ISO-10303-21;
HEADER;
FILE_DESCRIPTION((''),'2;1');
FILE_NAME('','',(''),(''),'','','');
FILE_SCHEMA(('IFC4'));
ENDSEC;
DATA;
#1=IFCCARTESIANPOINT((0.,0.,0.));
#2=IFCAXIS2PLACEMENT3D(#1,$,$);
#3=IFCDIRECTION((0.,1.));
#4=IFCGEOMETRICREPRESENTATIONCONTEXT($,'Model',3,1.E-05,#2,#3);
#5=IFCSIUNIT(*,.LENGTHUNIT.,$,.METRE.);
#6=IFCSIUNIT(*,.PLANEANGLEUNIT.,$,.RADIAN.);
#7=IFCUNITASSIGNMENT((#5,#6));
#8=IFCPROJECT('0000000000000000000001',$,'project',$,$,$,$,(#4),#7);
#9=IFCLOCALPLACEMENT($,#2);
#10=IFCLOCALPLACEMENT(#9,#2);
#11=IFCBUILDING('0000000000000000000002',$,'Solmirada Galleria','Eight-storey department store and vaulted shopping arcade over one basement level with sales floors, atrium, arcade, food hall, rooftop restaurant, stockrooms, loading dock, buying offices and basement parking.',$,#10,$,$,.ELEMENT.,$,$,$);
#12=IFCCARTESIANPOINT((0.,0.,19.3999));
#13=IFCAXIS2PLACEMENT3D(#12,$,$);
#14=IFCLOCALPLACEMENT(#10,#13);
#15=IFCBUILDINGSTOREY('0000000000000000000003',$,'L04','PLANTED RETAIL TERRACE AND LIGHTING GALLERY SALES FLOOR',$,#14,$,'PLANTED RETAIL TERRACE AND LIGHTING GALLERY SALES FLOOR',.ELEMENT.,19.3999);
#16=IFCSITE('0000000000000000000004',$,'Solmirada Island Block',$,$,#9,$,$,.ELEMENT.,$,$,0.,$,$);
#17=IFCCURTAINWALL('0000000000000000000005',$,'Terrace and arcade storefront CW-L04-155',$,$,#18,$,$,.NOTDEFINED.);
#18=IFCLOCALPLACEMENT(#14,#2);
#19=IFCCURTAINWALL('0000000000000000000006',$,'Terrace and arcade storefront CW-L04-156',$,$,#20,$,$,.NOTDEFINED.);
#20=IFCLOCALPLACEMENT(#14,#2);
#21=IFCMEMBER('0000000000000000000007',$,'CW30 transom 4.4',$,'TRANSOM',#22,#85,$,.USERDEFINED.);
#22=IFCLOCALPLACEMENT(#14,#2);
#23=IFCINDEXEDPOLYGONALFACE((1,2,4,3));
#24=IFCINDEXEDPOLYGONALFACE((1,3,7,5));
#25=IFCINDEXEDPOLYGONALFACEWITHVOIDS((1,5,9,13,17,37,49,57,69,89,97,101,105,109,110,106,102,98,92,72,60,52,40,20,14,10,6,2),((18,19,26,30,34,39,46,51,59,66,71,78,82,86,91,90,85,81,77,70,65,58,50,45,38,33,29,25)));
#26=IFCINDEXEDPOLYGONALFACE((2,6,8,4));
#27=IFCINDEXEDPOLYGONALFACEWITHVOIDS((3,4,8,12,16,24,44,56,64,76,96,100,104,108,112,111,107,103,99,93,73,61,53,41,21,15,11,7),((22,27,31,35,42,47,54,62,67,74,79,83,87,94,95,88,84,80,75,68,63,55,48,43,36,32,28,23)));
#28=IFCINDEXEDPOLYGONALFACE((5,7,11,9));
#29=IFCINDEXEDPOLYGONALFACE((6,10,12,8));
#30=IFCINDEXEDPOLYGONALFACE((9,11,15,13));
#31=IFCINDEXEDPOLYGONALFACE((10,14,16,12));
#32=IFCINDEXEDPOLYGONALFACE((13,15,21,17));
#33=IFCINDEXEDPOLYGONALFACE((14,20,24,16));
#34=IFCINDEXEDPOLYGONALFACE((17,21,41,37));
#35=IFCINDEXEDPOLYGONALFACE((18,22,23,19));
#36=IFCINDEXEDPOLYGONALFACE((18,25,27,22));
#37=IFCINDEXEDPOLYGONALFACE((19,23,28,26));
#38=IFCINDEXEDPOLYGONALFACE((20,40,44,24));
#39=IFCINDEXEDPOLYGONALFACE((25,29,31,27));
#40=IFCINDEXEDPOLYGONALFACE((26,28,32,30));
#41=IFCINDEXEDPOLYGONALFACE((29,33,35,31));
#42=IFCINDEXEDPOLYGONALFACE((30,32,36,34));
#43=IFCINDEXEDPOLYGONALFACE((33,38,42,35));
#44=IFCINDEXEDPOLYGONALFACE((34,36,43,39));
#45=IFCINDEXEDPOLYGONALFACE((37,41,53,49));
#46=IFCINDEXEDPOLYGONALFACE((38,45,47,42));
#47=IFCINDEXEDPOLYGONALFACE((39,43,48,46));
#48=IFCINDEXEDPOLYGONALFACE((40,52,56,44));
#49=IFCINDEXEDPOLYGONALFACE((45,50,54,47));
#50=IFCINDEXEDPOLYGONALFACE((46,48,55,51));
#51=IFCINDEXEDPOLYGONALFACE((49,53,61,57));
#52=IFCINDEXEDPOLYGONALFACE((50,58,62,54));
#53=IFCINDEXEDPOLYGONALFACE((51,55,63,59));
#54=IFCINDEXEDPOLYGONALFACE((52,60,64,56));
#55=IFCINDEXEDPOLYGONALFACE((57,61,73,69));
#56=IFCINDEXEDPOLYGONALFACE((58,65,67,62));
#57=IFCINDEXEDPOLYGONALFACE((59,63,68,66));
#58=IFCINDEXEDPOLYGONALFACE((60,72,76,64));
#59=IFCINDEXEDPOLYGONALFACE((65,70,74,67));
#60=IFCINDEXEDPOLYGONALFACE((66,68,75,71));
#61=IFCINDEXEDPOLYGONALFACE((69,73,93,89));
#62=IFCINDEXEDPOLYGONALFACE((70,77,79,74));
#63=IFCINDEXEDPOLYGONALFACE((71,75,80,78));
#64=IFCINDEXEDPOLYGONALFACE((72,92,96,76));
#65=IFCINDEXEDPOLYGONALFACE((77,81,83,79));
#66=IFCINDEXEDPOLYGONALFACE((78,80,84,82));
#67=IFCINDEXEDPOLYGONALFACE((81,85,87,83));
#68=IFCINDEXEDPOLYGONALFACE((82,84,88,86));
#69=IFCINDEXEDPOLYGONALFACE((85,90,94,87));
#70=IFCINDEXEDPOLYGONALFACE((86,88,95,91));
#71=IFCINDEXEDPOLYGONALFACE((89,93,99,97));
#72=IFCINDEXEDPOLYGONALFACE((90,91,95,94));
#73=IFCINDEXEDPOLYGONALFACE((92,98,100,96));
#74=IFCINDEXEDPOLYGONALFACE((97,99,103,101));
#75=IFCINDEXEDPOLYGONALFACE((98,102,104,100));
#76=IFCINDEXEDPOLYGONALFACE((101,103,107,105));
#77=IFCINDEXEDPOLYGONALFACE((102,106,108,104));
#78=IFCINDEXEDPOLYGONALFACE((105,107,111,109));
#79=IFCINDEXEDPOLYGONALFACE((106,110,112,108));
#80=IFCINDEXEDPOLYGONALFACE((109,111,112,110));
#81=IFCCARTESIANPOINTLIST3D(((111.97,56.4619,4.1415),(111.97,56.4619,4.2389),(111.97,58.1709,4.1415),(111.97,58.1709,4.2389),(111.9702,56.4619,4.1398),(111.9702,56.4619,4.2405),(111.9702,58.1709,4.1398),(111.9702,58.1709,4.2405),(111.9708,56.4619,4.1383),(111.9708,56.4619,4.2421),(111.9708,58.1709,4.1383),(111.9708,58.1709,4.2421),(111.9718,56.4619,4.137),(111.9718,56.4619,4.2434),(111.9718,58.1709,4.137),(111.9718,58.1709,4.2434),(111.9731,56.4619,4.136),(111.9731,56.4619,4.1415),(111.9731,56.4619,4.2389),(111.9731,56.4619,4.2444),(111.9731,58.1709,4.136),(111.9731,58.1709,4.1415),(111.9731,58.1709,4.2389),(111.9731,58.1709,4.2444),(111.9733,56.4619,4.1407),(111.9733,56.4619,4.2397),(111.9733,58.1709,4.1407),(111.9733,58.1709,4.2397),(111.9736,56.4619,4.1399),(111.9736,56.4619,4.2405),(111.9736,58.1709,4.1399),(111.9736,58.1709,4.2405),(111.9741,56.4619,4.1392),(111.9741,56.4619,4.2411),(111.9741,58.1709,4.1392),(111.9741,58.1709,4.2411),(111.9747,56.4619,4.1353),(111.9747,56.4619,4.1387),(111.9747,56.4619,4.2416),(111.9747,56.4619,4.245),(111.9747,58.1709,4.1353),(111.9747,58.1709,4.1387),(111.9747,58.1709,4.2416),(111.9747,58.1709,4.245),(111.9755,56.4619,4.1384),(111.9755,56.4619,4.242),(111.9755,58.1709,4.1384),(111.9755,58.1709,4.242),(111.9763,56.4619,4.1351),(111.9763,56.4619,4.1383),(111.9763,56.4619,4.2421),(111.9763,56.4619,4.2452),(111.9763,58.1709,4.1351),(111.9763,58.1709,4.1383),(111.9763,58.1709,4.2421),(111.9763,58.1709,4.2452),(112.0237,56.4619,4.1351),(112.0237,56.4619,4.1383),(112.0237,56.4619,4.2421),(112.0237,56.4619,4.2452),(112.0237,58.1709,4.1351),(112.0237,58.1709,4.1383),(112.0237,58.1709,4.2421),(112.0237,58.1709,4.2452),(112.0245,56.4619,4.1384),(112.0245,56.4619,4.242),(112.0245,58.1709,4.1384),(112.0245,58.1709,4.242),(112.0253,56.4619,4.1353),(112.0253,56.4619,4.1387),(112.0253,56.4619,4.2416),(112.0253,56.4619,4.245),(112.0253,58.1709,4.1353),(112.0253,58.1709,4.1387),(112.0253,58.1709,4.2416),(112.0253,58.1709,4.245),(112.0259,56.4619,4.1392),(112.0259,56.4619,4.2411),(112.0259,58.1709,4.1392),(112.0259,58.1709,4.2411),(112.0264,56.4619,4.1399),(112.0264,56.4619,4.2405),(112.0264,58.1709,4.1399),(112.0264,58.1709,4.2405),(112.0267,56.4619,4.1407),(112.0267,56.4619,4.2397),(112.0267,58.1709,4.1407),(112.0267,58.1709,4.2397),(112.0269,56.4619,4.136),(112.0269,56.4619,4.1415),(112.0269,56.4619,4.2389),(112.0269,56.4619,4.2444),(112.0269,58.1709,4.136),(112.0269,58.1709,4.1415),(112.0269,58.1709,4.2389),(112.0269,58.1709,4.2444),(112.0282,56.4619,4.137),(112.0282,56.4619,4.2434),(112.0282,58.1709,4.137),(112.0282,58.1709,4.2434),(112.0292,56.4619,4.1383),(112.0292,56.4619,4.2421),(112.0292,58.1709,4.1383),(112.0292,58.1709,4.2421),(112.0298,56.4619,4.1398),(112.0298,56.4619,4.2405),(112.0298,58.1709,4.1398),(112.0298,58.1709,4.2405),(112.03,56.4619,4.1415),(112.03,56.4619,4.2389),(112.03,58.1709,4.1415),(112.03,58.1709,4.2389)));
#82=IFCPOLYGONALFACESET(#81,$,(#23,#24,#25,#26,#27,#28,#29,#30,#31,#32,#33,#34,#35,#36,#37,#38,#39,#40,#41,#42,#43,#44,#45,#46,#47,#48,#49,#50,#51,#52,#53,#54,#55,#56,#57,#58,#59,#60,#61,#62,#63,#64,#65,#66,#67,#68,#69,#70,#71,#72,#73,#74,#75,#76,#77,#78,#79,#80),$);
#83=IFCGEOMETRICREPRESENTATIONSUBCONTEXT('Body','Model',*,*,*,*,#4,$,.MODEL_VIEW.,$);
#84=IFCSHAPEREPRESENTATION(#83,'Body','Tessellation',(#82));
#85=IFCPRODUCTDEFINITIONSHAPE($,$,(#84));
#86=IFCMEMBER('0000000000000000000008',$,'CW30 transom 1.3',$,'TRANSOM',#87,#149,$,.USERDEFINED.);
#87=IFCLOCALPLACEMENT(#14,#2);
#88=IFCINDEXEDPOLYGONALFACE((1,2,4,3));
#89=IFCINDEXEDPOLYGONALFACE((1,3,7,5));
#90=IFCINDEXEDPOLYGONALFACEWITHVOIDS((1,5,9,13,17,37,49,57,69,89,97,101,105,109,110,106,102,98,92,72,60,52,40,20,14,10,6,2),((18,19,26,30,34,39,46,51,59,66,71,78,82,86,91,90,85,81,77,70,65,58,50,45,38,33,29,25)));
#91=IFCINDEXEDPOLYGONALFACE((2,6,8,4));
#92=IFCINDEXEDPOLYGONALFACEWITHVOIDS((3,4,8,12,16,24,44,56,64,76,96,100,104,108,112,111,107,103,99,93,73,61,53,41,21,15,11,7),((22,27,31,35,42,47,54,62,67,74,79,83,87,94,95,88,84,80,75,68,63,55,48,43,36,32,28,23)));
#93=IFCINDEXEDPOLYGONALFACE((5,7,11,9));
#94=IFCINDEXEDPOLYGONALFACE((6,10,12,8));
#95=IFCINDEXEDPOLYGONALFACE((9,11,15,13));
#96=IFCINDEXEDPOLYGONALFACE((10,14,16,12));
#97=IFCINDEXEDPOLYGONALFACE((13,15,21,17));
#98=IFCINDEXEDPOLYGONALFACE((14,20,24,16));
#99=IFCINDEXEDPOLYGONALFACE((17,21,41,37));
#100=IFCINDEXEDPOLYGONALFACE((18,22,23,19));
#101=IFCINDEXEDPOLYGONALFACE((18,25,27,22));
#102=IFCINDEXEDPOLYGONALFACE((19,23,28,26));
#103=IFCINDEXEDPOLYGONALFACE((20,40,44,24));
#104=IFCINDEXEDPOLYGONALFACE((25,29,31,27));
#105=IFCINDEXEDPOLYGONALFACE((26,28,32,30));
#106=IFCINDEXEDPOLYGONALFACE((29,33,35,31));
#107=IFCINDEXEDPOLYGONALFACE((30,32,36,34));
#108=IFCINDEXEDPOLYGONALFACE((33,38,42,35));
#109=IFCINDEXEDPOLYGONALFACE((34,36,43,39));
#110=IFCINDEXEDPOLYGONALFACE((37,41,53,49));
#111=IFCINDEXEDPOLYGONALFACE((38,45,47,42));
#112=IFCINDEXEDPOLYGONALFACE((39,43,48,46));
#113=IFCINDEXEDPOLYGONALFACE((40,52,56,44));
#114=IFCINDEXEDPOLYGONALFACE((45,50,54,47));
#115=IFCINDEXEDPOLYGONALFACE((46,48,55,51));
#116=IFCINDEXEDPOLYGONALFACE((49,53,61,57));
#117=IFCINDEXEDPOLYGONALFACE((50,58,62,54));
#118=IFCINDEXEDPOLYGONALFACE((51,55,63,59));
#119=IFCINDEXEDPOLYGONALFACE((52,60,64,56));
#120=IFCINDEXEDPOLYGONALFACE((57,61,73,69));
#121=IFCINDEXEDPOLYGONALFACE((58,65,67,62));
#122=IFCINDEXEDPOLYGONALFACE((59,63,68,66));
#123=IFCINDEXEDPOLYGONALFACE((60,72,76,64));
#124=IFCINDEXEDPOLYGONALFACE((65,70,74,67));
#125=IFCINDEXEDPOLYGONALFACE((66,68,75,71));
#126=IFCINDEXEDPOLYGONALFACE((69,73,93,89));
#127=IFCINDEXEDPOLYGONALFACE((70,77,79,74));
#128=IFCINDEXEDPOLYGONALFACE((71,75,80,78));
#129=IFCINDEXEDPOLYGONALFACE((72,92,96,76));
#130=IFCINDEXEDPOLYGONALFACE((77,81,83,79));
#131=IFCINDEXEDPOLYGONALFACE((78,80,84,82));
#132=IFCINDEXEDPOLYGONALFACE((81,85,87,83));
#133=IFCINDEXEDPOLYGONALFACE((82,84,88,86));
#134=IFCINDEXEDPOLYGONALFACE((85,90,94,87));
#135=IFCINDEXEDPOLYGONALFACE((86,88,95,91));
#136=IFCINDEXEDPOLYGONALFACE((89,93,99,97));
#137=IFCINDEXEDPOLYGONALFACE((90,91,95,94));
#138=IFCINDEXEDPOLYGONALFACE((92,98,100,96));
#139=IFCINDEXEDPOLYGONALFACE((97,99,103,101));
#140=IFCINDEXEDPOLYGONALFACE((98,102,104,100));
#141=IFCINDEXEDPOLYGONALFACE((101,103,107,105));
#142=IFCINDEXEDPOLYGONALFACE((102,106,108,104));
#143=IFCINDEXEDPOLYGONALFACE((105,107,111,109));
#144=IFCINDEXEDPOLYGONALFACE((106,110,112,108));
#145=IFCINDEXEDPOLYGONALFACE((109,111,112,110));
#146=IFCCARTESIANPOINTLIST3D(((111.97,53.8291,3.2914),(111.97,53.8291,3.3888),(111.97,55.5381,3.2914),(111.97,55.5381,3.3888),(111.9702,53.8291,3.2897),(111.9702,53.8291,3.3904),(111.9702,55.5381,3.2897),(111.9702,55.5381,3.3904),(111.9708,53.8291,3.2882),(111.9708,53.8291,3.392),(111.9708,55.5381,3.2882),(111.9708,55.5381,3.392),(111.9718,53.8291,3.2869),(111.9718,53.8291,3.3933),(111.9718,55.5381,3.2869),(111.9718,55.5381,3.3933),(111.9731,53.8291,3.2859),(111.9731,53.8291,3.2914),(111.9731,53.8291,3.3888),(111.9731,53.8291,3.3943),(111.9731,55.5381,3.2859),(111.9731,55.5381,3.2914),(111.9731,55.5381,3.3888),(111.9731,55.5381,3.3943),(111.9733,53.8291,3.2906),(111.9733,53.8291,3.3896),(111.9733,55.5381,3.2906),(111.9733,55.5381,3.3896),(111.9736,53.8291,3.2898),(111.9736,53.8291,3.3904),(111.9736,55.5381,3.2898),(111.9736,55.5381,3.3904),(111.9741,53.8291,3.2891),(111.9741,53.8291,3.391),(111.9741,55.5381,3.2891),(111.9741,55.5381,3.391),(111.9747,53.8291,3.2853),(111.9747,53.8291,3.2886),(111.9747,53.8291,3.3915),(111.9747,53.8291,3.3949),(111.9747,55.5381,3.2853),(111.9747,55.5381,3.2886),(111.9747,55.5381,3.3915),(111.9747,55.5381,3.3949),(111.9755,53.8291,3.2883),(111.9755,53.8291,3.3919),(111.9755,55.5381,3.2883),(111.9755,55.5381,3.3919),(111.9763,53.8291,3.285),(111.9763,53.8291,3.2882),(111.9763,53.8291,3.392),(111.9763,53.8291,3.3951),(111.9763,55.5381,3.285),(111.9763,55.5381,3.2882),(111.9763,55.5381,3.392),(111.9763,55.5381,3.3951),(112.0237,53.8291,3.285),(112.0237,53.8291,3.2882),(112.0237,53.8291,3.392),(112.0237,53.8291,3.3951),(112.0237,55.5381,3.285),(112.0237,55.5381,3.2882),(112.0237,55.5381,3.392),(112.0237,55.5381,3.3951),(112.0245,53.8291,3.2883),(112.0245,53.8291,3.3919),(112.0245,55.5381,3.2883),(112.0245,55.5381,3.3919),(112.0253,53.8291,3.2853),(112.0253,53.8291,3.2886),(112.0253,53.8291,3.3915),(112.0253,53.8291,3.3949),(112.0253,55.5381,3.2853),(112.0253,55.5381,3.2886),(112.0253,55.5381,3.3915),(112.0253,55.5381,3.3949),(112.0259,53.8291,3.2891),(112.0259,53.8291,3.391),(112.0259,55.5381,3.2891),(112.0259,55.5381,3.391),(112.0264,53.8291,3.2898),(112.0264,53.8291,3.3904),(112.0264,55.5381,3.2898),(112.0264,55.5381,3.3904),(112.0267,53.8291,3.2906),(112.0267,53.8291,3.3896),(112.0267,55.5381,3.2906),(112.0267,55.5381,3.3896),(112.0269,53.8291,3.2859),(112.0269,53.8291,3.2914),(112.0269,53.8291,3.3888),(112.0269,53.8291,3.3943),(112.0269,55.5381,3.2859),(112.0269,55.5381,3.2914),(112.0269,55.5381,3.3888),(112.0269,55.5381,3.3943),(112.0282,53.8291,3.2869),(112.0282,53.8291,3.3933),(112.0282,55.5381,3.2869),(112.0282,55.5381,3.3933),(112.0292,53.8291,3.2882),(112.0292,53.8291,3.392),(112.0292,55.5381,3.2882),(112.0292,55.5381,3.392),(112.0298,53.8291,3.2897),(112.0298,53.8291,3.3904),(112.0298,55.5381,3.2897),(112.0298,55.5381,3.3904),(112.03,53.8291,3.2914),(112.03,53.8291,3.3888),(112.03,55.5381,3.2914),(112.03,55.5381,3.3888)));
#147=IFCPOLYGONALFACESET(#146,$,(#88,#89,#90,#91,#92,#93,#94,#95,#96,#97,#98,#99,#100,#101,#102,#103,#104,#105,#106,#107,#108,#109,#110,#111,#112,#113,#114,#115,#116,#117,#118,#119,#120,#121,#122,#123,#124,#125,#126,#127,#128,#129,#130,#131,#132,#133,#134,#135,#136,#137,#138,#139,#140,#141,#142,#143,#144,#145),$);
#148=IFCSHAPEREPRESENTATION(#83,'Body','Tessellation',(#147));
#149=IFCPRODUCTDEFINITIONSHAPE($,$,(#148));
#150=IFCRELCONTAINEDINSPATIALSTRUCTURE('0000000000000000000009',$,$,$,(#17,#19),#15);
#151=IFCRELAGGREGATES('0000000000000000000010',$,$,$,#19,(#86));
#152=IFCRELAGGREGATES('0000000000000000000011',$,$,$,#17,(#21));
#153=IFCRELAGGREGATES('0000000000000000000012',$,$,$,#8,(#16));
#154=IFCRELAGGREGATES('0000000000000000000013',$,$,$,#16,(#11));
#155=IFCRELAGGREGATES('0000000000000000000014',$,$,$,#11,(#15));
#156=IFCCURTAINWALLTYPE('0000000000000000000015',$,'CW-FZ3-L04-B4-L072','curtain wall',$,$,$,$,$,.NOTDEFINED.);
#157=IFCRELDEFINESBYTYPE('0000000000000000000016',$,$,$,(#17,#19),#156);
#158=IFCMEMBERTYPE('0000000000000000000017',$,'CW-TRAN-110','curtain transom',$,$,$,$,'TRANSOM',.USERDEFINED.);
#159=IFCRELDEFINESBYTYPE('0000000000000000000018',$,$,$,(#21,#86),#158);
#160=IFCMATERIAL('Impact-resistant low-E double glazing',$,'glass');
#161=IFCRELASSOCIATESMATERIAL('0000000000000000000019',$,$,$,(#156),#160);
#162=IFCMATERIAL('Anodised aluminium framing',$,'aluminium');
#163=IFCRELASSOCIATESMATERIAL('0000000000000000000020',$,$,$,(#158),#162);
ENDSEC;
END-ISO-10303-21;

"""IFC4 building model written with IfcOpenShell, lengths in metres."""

from ifc_helpers import new_model, si_unit, direction, frame, origin, origin_2d, place, context, subcontext, project, spatial, hollow_rectangle, extrude, material, material_profile, profile_set, type_object, element, aggregate, save


model = new_model("IFC4")

# Units and contexts
model_context = context("Model", 3, precision=1e-05, world=origin(), true_north=direction((0.0, 1.0)))
body_context = subcontext(model_context, "Body", "Model", "MODEL_VIEW")
ifc_project = project(units=[si_unit("LENGTHUNIT", "METRE"), si_unit("PLANEANGLEUNIT", "RADIAN")], contexts=[model_context])

# Site, building, storey
site_placement = place(None, origin())
site = spatial("IfcSite", under=ifc_project, at=site_placement, Name="Solmirada Island Block", CompositionType="ELEMENT", RefElevation=0.0)
building_placement = place(site_placement, origin())
building = spatial("IfcBuilding", under=site, at=building_placement, Name="Solmirada Galleria", Description="Eight-storey department store and vaulted shopping arcade over one basement level with sales floors, atrium, arcade, food hall, rooftop restaurant, stockrooms, loading dock, buying offices and basement parking.", CompositionType="ELEMENT")
storey_placement = place(building_placement, frame((0.0, 0.0, 19.3999)))
storey = spatial("IfcBuildingStorey", under=building, at=storey_placement, Name="L04", Description="PLANTED RETAIL TERRACE AND LIGHTING GALLERY SALES FLOOR", LongName="PLANTED RETAIL TERRACE AND LIGHTING GALLERY SALES FLOOR", CompositionType="ELEMENT", Elevation=19.3999)

# Curtain wall
ifc_material_1 = material(Name="Impact-resistant low-E double glazing", Category="glass")
curtain_wall_type_1 = type_object("IfcCurtainWallType", Name="CW-FZ3-L04-B4-L072", Description="curtain wall", PredefinedType="NOTDEFINED", material=ifc_material_1)
curtain_wall_1_placement = place(storey_placement, origin())
curtain_wall_1 = element("IfcCurtainWall", 1, at=curtain_wall_1_placement, inside=storey, type_object=curtain_wall_type_1, Name="Terrace and arcade storefront CW-L04-155", PredefinedType="NOTDEFINED")
ifc_material_2 = material(Name="Anodised aluminium framing", Category="aluminium")

# Curtain wall
curtain_wall_2_placement = place(storey_placement, origin())
curtain_wall_2 = element("IfcCurtainWall", 2, at=curtain_wall_2_placement, inside=storey, type_object=curtain_wall_type_1, Name="Terrace and arcade storefront CW-L04-156", PredefinedType="NOTDEFINED")

# Members
ifc_material_profile_1 = material_profile(ifc_material_2, hollow_rectangle(XDim=0.0601, YDim=0.1101, WallThickness=0.0032, InnerFilletRadius=0.0032, OuterFilletRadius=0.0063, at=origin_2d()), Name="ALU-TRAN-110X60")
ifc_profile_set_1 = profile_set([ifc_material_profile_1], Name="Anodised aluminium framing")
member_type_1 = type_object("IfcMemberType", Name="CW-TRAN-110", Description="curtain transom", ElementType="TRANSOM", PredefinedType="USERDEFINED", material=ifc_profile_set_1)
member_1_placement = place(storey_placement, frame((112.0, 58.1709, 4.1902), z_axis=(0.0, -1.0, 0.0), x_axis=(1.0, 0.0, 0.0)))
member_1 = element("IfcMember", 3, at=member_1_placement, type_object=member_type_1, Name="CW30 transom 4.4", ObjectType="TRANSOM", PredefinedType="USERDEFINED", context=body_context, shape_type="SweptSolid", body=[
    extrude(hollow_rectangle(XDim=0.0601, YDim=0.1101, WallThickness=0.0032, InnerFilletRadius=0.0032, OuterFilletRadius=0.0063, at=origin_2d()), origin(), (0.0, 0.0, 1.0), 1.709),
])
member_2_placement = place(storey_placement, frame((112.0, 55.5381, 3.3401), z_axis=(0.0, -1.0, 0.0), x_axis=(1.0, 0.0, 0.0)))
member_2 = element("IfcMember", 4, at=member_2_placement, type_object=member_type_1, Name="CW30 transom 1.3", ObjectType="TRANSOM", PredefinedType="USERDEFINED", context=body_context, shape_type="SweptSolid", body=[
    extrude(hollow_rectangle(XDim=0.0601, YDim=0.1101, WallThickness=0.0032, InnerFilletRadius=0.0032, OuterFilletRadius=0.0063, at=origin_2d()), origin(), (0.0, 0.0, 1.0), 1.709),
])
aggregate(curtain_wall_2, [member_2])

aggregate(curtain_wall_1, [member_1])

save(model, "model.ifc")
